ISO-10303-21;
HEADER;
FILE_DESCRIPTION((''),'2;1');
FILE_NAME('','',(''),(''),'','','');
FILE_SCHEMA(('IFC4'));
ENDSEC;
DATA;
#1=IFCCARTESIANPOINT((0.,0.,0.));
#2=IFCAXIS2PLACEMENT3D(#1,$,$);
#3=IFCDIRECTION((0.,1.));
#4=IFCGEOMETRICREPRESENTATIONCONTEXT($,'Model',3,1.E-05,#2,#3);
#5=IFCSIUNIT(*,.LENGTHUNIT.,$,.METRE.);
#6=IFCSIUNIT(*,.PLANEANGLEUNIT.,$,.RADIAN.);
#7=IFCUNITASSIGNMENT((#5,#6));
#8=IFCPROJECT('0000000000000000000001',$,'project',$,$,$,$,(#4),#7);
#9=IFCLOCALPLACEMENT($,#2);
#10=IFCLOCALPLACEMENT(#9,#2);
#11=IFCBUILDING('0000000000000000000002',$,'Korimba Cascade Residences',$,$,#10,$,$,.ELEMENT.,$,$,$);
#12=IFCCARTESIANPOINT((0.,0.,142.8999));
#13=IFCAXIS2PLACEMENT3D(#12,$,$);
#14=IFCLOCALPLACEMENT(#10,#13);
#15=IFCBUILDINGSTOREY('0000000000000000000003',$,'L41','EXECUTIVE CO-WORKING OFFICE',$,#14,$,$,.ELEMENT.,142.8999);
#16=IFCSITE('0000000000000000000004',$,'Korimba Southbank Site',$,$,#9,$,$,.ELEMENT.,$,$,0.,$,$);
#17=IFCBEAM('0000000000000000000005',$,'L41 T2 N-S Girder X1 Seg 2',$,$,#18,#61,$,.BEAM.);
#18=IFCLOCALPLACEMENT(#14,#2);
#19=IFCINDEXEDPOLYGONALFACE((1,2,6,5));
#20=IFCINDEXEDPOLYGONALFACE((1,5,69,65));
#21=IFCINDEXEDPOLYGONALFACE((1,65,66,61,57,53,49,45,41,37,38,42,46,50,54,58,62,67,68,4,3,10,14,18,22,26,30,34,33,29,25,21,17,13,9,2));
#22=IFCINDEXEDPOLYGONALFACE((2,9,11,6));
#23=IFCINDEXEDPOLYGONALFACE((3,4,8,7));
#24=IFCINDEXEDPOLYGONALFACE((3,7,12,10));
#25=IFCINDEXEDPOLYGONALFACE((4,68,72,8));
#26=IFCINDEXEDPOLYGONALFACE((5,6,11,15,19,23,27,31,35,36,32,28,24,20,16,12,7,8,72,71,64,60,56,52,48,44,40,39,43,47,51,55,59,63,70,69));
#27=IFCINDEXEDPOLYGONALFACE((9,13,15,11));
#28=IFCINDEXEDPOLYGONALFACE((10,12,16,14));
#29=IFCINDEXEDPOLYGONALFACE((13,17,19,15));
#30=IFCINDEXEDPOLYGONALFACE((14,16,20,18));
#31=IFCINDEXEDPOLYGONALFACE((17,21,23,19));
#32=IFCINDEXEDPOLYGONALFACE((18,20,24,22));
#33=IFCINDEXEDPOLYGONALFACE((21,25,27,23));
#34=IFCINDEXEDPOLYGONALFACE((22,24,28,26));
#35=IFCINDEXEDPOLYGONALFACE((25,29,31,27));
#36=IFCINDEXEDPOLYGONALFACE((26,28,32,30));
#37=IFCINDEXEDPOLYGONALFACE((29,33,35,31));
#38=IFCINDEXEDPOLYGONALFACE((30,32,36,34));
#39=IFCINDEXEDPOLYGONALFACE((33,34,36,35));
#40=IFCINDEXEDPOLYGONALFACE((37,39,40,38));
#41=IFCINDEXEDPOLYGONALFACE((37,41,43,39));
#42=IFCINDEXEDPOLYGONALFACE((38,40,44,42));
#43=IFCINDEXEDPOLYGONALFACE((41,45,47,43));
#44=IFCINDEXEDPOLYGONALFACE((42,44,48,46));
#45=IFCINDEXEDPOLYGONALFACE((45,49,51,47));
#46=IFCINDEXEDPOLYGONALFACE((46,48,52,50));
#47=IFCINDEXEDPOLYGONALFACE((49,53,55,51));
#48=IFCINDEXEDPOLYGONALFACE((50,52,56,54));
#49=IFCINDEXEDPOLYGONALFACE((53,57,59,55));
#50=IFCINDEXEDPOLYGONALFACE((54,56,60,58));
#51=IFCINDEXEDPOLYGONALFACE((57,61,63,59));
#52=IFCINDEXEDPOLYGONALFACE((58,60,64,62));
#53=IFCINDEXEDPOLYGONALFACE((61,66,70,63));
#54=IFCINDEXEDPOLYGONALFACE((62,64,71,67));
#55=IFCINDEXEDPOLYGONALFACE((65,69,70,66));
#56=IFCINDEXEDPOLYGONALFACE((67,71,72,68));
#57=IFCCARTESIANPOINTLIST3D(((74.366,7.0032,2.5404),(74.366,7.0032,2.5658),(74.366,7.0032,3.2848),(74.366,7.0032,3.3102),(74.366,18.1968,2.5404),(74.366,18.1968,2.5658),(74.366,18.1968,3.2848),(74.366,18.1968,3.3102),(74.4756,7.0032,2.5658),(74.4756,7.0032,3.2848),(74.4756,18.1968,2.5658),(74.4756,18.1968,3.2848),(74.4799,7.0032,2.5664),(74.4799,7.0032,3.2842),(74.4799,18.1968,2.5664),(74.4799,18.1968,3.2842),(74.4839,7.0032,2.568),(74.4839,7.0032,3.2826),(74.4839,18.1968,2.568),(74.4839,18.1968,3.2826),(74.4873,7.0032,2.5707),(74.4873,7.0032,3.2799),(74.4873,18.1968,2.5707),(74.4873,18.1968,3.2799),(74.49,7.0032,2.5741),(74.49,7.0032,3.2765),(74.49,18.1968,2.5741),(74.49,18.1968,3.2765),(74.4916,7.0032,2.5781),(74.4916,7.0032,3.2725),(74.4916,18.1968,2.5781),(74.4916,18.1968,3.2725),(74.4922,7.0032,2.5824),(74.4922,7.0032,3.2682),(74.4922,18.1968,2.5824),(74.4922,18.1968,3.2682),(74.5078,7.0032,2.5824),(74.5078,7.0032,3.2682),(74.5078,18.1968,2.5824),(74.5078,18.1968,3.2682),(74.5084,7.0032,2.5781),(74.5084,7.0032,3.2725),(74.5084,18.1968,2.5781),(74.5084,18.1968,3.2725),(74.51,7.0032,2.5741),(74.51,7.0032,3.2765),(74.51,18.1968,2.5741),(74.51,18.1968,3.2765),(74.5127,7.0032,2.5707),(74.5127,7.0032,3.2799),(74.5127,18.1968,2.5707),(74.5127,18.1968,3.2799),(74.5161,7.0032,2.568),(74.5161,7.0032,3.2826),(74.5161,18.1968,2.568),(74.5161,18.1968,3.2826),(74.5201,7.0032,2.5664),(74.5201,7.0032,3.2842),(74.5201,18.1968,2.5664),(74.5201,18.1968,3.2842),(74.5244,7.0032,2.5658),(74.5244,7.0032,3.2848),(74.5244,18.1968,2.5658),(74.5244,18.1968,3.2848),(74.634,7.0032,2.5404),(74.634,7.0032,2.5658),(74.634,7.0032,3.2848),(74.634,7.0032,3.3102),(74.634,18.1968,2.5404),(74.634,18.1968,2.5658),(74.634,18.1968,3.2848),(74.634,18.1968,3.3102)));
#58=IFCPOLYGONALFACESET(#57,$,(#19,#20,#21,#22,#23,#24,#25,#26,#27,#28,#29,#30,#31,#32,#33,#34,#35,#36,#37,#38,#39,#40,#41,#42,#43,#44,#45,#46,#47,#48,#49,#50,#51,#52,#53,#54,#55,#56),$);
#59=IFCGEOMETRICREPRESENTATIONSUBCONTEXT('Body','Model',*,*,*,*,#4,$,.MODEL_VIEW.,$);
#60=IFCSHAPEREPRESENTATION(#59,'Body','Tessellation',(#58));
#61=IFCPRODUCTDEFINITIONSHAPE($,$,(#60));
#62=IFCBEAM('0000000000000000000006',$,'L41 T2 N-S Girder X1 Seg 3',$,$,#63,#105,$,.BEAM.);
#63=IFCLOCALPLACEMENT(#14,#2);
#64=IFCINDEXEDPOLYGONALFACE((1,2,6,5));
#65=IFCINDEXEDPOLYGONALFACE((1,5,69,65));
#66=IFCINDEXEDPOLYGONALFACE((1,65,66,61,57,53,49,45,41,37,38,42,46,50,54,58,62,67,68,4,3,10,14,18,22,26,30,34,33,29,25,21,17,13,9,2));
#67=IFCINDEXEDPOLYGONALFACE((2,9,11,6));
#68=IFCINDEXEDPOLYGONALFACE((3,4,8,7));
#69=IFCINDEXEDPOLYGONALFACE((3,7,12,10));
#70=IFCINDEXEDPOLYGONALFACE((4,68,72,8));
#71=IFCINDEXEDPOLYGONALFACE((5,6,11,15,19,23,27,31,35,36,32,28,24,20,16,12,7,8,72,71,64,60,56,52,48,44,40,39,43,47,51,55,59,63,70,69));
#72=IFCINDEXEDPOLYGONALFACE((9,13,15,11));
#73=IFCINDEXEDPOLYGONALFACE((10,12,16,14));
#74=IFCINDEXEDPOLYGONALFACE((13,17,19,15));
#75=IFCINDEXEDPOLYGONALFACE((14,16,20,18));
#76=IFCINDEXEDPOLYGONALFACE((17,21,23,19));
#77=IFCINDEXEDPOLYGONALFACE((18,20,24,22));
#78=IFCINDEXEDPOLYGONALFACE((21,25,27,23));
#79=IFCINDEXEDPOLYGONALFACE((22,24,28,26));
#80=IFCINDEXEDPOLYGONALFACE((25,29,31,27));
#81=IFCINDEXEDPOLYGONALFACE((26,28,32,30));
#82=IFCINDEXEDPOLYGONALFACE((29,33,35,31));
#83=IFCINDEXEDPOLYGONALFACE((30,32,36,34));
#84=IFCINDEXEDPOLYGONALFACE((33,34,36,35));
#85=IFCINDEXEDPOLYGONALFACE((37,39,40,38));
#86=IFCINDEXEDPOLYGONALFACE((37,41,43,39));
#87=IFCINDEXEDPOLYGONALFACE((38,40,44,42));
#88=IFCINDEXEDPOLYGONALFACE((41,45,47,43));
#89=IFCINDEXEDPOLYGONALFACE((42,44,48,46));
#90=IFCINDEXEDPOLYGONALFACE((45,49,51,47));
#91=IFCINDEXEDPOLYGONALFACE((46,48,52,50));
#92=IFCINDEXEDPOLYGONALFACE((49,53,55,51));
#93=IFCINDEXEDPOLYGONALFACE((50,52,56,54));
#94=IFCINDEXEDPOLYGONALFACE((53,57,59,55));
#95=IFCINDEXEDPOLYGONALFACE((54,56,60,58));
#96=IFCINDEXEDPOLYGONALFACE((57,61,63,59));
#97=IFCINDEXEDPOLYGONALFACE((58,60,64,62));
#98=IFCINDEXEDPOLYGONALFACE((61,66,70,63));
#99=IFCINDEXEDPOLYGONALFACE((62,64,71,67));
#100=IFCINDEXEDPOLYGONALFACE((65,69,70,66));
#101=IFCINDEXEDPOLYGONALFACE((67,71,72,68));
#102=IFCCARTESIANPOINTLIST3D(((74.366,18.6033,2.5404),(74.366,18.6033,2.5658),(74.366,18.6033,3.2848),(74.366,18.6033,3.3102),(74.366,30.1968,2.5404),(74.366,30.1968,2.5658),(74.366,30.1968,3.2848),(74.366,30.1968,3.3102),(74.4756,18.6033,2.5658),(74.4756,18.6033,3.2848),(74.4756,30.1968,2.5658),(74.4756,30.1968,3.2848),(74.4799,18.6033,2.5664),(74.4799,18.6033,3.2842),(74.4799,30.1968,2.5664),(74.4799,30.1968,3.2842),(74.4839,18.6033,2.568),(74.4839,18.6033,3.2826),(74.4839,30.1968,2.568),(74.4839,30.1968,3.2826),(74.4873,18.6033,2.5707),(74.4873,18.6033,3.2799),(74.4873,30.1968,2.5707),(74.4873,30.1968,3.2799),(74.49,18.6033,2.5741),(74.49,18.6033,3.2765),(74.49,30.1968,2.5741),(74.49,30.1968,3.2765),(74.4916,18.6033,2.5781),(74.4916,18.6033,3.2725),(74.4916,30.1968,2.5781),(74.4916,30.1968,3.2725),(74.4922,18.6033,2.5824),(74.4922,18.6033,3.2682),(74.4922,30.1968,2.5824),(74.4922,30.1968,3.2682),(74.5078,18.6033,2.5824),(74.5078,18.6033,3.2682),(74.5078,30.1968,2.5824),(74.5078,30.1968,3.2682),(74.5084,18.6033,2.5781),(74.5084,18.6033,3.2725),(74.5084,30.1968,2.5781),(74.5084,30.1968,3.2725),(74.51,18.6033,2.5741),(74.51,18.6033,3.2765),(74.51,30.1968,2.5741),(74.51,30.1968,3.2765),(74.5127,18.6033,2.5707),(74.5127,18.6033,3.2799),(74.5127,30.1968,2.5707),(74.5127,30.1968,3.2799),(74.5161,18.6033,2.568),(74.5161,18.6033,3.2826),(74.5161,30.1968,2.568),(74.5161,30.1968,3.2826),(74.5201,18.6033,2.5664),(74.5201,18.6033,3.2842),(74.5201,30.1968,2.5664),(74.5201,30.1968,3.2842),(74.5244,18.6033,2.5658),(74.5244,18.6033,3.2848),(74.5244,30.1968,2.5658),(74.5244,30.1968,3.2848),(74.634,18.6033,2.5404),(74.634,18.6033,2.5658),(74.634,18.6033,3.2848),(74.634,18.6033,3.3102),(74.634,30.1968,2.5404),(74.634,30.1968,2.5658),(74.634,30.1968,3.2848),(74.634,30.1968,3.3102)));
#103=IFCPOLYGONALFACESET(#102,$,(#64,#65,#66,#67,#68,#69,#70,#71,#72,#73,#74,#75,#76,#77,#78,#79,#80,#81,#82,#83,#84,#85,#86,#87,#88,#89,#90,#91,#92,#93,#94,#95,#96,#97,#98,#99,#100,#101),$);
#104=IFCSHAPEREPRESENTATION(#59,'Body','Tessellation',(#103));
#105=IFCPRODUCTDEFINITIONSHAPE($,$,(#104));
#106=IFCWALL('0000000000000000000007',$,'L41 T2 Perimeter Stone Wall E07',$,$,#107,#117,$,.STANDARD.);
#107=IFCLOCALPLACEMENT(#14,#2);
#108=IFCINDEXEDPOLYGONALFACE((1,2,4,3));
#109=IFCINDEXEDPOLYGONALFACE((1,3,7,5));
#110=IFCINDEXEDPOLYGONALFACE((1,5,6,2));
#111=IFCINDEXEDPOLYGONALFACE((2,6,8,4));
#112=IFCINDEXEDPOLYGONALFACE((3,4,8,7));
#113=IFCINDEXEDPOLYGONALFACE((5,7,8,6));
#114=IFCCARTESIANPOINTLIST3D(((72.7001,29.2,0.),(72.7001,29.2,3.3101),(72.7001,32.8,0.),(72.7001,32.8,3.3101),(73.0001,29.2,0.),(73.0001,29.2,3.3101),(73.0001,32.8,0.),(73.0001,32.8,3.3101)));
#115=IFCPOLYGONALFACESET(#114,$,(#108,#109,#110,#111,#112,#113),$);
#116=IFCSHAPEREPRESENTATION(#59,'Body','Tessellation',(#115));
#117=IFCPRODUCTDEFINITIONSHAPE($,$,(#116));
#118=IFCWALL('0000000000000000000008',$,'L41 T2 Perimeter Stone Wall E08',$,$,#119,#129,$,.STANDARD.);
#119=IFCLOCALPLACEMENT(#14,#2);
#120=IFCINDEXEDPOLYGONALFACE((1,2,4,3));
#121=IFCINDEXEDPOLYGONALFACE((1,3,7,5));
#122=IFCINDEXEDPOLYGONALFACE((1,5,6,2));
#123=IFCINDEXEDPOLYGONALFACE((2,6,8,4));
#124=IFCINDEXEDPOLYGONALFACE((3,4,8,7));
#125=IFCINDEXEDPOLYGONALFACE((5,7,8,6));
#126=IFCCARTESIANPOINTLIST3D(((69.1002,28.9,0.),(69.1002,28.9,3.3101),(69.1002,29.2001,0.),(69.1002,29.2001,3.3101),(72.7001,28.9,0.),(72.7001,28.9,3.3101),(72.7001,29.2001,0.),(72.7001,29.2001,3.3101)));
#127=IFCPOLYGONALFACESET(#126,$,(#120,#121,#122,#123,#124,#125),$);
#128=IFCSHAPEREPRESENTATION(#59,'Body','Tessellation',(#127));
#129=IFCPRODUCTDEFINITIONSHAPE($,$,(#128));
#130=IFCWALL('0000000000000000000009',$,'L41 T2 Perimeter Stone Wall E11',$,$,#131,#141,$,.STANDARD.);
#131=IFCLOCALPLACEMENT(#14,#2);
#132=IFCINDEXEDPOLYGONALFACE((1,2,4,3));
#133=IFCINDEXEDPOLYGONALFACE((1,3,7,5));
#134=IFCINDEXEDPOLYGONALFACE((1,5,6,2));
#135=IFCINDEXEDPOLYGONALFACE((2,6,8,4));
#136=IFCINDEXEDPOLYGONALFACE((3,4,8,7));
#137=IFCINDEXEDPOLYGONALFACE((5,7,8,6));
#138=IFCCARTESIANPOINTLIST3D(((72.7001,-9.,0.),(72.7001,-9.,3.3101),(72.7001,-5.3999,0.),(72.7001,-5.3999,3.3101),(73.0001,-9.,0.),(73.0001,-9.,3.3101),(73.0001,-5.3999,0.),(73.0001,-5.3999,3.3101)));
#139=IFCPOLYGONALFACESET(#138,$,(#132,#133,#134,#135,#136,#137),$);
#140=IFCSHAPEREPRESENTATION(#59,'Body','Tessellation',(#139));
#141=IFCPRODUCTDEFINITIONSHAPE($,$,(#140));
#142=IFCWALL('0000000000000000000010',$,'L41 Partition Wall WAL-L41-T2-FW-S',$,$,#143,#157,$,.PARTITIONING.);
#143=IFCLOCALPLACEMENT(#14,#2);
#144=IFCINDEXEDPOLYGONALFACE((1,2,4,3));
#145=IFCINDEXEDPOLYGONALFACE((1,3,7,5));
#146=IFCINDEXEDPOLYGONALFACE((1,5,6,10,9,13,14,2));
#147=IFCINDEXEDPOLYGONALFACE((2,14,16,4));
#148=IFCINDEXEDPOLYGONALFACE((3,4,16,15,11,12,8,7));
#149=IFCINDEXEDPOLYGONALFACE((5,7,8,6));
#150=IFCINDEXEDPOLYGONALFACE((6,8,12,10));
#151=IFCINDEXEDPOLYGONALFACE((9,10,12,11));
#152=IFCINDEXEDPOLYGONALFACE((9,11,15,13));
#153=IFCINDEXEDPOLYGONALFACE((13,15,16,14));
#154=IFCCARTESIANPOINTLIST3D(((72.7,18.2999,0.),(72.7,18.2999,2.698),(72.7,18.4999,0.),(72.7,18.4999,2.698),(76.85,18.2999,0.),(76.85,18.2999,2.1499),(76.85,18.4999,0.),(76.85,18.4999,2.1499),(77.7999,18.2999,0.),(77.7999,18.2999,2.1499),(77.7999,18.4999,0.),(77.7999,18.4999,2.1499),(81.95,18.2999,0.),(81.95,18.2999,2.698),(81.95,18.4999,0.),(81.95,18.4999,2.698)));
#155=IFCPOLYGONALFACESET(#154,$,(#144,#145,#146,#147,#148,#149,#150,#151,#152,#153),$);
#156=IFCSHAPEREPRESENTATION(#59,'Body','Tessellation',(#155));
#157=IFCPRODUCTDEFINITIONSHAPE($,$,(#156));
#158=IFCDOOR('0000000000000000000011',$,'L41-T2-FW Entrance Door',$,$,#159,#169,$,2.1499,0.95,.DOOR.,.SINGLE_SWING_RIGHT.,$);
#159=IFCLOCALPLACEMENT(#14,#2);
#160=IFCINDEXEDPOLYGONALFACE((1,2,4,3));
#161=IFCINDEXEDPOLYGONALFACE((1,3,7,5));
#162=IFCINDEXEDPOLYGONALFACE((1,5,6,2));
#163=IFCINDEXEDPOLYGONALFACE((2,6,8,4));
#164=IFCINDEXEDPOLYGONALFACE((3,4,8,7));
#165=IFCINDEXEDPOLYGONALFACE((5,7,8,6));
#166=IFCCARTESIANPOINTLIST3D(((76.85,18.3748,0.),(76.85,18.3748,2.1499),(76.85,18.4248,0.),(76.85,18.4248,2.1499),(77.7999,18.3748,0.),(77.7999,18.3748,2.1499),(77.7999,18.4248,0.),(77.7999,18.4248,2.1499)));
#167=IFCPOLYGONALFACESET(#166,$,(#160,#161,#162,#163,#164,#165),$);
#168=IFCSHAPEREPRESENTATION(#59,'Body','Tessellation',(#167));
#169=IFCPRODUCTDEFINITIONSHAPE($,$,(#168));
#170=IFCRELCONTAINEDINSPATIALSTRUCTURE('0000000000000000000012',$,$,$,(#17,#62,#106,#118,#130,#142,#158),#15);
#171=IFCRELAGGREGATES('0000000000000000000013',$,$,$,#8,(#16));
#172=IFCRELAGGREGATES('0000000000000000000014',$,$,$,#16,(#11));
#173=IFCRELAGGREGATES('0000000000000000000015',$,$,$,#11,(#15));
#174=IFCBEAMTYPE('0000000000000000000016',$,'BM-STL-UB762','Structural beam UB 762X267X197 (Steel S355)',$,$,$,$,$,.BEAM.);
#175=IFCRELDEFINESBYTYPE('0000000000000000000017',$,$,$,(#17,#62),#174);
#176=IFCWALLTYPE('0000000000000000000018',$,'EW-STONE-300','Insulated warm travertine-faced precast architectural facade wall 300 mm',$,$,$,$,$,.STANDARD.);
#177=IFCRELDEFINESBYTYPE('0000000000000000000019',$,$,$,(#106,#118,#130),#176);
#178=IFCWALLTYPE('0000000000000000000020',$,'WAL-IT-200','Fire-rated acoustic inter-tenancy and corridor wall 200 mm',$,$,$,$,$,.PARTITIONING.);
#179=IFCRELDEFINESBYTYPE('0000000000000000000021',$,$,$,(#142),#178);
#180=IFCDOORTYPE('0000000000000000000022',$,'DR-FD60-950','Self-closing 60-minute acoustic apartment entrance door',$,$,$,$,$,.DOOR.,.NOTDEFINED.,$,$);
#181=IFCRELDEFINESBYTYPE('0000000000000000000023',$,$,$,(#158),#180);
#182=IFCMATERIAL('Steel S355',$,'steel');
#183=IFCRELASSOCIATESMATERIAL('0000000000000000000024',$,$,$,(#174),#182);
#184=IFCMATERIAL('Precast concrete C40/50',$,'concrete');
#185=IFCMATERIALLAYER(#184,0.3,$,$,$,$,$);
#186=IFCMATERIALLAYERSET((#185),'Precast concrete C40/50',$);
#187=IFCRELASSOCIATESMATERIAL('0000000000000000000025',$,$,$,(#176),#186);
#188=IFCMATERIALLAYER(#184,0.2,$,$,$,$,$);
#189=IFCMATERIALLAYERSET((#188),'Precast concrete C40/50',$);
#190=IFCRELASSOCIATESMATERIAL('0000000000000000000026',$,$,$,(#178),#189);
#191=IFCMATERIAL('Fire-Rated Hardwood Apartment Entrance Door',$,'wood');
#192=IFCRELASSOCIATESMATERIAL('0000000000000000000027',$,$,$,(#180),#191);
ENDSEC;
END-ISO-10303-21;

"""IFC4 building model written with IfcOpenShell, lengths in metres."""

from ifc_helpers import new_model, si_unit, direction, frame, frame_2d, origin, origin_2d, place, context, subcontext, project, spatial, rectangle, i_section, extrude, material, layer, layer_set, material_profile, profile_set, type_object, element, fill, save


model = new_model("IFC4")

# Units and contexts
model_context = context("Model", 3, precision=1e-05, world=origin(), true_north=direction((0.0, 1.0)))
body_context = subcontext(model_context, "Body", "Model", "MODEL_VIEW")
ifc_project = project(units=[si_unit("LENGTHUNIT", "METRE"), si_unit("PLANEANGLEUNIT", "RADIAN")], contexts=[model_context])

# Site, building, storey
site_placement = place(None, origin())
site = spatial("IfcSite", under=ifc_project, at=site_placement, Name="Korimba Southbank Site", CompositionType="ELEMENT", RefElevation=0.0)
building_placement = place(site_placement, origin())
building = spatial("IfcBuilding", under=site, at=building_placement, Name="Korimba Cascade Residences", CompositionType="ELEMENT")
storey_placement = place(building_placement, frame((0.0, 0.0, 142.8999)))
storey = spatial("IfcBuildingStorey", under=building, at=storey_placement, Name="L41", Description="EXECUTIVE CO-WORKING OFFICE", CompositionType="ELEMENT", Elevation=142.8999)

# Beams
ifc_material_1 = material(Name="Steel S355", Category="steel")
ifc_material_profile_1 = material_profile(ifc_material_1, i_section(OverallWidth=0.2681, OverallDepth=0.7698, WebThickness=0.0156, FlangeThickness=0.0254, FilletRadius=0.0166, at=origin_2d()), Name="Steel S355")
ifc_profile_set_1 = profile_set([ifc_material_profile_1], Name="Steel S355")
beam_type = type_object("IfcBeamType", Name="BM-STL-UB762", Description="Structural beam UB 762X267X197 (Steel S355)", PredefinedType="BEAM", material=ifc_profile_set_1)
beam_1_placement = place(storey_placement, frame((74.5, 7.0032, 2.9253), z_axis=(0.0, 1.0, 0.0), x_axis=(-1.0, 0.0, 0.0)))
element("IfcBeam", 1, at=beam_1_placement, inside=storey, type_object=beam_type, Name="L41 T2 N-S Girder X1 Seg 2", PredefinedType="BEAM", context=body_context, shape_type="SweptSolid", body=[
    extrude(i_section(OverallWidth=0.2681, OverallDepth=0.7698, WebThickness=0.0156, FlangeThickness=0.0254, FilletRadius=0.0166, at=origin_2d()), origin(), (0.0, 0.0, 1.0), 11.1936),
])
beam_2_placement = place(storey_placement, frame((74.5, 18.6033, 2.9253), z_axis=(0.0, 1.0, 0.0), x_axis=(-1.0, 0.0, 0.0)))
element("IfcBeam", 2, at=beam_2_placement, inside=storey, type_object=beam_type, Name="L41 T2 N-S Girder X1 Seg 3", PredefinedType="BEAM", context=body_context, shape_type="SweptSolid", body=[
    extrude(i_section(OverallWidth=0.2681, OverallDepth=0.7698, WebThickness=0.0156, FlangeThickness=0.0254, FilletRadius=0.0166, at=origin_2d()), origin(), (0.0, 0.0, 1.0), 11.5935),
])

# Walls
ifc_material_2 = material(Name="Precast concrete C40/50", Category="concrete")
ifc_layer_1 = layer(ifc_material_2, 0.3)
ifc_layer_set_1 = layer_set([ifc_layer_1], Name="Precast concrete C40/50")
wall_type_1 = type_object("IfcWallType", Name="EW-STONE-300", Description="Insulated warm travertine-faced precast architectural facade wall 300 mm", PredefinedType="STANDARD", material=ifc_layer_set_1)
wall_1_placement = place(storey_placement, frame((72.8501, 32.8, 0.0), z_axis=(0.0, 0.0, 1.0), x_axis=(0.0, -1.0, 0.0)))
element("IfcWall", 3, at=wall_1_placement, inside=storey, type_object=wall_type_1, Name="L41 T2 Perimeter Stone Wall E07", PredefinedType="STANDARD", context=body_context, shape_type="SweptSolid", body=[
    extrude(rectangle(XDim=3.6001, YDim=0.3, at=frame_2d((1.8, 0.0))), origin(), (0.0, 0.0, 1.0), 3.3101),
])
wall_2_placement = place(storey_placement, frame((72.7, 29.05, 0.0), z_axis=(0.0, 0.0, 1.0), x_axis=(-1.0, 0.0, 0.0)))
element("IfcWall", 4, at=wall_2_placement, inside=storey, type_object=wall_type_1, Name="L41 T2 Perimeter Stone Wall E08", PredefinedType="STANDARD", context=body_context, shape_type="SweptSolid", body=[
    extrude(rectangle(XDim=3.5999, YDim=0.3, at=frame_2d((1.7998, 0.0))), origin(), (0.0, 0.0, 1.0), 3.3101),
])
wall_3_placement = place(storey_placement, frame((72.8501, -5.3999, 0.0), z_axis=(0.0, 0.0, 1.0), x_axis=(0.0, -1.0, 0.0)))
element("IfcWall", 5, at=wall_3_placement, inside=storey, type_object=wall_type_1, Name="L41 T2 Perimeter Stone Wall E11", PredefinedType="STANDARD", context=body_context, shape_type="SweptSolid", body=[
    extrude(rectangle(XDim=3.6001, YDim=0.3, at=frame_2d((1.8, 0.0))), origin(), (0.0, 0.0, 1.0), 3.3101),
])

# Wall, opening, door
ifc_layer_2 = layer(ifc_material_2, 0.2)
ifc_layer_set_2 = layer_set([ifc_layer_2], Name="Precast concrete C40/50")
wall_type_2 = type_object("IfcWallType", Name="WAL-IT-200", Description="Fire-rated acoustic inter-tenancy and corridor wall 200 mm", PredefinedType="PARTITIONING", material=ifc_layer_set_2)
wall_4_placement = place(storey_placement, frame((72.7, 18.3999, 0.0), z_axis=(0.0, 0.0, 1.0), x_axis=(1.0, 0.0, 0.0)))
wall_4 = element("IfcWall", 6, at=wall_4_placement, inside=storey, type_object=wall_type_2, Name="L41 Partition Wall WAL-L41-T2-FW-S", PredefinedType="PARTITIONING", context=body_context, shape_type="SweptSolid", body=[
    extrude(rectangle(XDim=9.25, YDim=0.2, at=frame_2d((4.625, 0.0))), origin(), (0.0, 0.0, 1.0), 2.698),
])
opening_1_placement = place(wall_4_placement, frame((4.1499, 0.0, 0.0)))
opening_1 = element("IfcOpeningElement", 7, at=opening_1_placement, cuts=wall_4, PredefinedType="OPENING", context=body_context, shape_type="SweptSolid", body=[
    extrude(rectangle(XDim=0.95, YDim=2.1499, at=frame_2d((0.4751, 1.075))), frame((0.0, 0.1099, 0.0), z_axis=(0.0, -1.0, 0.0), x_axis=(1.0, 0.0, 0.0)), (0.0, 0.0, 1.0), 0.22),
])
ifc_material_3 = material(Name="Fire-Rated Hardwood Apartment Entrance Door", Category="wood")
door_type_1 = type_object("IfcDoorType", Name="DR-FD60-950", Description="Self-closing 60-minute acoustic apartment entrance door", OperationType="NOTDEFINED", PredefinedType="DOOR", material=ifc_material_3)
door_1_placement = place(opening_1_placement, origin())
door_1 = element("IfcDoor", 8, at=door_1_placement, inside=storey, type_object=door_type_1, Name="L41-T2-FW Entrance Door", OperationType="SINGLE_SWING_RIGHT", OverallHeight=2.1499, OverallWidth=0.95, PredefinedType="DOOR", context=body_context, shape_type="SweptSolid", body=[
    extrude(rectangle(XDim=0.95, YDim=2.1499, at=frame_2d((0.4751, 1.075))), frame((0.0, 0.0249, 0.0), z_axis=(0.0, -1.0, 0.0), x_axis=(1.0, 0.0, 0.0)), (0.0, 0.0, 1.0), 0.05),
])
fill(opening_1, door_1)

save(model, "model.ifc")
